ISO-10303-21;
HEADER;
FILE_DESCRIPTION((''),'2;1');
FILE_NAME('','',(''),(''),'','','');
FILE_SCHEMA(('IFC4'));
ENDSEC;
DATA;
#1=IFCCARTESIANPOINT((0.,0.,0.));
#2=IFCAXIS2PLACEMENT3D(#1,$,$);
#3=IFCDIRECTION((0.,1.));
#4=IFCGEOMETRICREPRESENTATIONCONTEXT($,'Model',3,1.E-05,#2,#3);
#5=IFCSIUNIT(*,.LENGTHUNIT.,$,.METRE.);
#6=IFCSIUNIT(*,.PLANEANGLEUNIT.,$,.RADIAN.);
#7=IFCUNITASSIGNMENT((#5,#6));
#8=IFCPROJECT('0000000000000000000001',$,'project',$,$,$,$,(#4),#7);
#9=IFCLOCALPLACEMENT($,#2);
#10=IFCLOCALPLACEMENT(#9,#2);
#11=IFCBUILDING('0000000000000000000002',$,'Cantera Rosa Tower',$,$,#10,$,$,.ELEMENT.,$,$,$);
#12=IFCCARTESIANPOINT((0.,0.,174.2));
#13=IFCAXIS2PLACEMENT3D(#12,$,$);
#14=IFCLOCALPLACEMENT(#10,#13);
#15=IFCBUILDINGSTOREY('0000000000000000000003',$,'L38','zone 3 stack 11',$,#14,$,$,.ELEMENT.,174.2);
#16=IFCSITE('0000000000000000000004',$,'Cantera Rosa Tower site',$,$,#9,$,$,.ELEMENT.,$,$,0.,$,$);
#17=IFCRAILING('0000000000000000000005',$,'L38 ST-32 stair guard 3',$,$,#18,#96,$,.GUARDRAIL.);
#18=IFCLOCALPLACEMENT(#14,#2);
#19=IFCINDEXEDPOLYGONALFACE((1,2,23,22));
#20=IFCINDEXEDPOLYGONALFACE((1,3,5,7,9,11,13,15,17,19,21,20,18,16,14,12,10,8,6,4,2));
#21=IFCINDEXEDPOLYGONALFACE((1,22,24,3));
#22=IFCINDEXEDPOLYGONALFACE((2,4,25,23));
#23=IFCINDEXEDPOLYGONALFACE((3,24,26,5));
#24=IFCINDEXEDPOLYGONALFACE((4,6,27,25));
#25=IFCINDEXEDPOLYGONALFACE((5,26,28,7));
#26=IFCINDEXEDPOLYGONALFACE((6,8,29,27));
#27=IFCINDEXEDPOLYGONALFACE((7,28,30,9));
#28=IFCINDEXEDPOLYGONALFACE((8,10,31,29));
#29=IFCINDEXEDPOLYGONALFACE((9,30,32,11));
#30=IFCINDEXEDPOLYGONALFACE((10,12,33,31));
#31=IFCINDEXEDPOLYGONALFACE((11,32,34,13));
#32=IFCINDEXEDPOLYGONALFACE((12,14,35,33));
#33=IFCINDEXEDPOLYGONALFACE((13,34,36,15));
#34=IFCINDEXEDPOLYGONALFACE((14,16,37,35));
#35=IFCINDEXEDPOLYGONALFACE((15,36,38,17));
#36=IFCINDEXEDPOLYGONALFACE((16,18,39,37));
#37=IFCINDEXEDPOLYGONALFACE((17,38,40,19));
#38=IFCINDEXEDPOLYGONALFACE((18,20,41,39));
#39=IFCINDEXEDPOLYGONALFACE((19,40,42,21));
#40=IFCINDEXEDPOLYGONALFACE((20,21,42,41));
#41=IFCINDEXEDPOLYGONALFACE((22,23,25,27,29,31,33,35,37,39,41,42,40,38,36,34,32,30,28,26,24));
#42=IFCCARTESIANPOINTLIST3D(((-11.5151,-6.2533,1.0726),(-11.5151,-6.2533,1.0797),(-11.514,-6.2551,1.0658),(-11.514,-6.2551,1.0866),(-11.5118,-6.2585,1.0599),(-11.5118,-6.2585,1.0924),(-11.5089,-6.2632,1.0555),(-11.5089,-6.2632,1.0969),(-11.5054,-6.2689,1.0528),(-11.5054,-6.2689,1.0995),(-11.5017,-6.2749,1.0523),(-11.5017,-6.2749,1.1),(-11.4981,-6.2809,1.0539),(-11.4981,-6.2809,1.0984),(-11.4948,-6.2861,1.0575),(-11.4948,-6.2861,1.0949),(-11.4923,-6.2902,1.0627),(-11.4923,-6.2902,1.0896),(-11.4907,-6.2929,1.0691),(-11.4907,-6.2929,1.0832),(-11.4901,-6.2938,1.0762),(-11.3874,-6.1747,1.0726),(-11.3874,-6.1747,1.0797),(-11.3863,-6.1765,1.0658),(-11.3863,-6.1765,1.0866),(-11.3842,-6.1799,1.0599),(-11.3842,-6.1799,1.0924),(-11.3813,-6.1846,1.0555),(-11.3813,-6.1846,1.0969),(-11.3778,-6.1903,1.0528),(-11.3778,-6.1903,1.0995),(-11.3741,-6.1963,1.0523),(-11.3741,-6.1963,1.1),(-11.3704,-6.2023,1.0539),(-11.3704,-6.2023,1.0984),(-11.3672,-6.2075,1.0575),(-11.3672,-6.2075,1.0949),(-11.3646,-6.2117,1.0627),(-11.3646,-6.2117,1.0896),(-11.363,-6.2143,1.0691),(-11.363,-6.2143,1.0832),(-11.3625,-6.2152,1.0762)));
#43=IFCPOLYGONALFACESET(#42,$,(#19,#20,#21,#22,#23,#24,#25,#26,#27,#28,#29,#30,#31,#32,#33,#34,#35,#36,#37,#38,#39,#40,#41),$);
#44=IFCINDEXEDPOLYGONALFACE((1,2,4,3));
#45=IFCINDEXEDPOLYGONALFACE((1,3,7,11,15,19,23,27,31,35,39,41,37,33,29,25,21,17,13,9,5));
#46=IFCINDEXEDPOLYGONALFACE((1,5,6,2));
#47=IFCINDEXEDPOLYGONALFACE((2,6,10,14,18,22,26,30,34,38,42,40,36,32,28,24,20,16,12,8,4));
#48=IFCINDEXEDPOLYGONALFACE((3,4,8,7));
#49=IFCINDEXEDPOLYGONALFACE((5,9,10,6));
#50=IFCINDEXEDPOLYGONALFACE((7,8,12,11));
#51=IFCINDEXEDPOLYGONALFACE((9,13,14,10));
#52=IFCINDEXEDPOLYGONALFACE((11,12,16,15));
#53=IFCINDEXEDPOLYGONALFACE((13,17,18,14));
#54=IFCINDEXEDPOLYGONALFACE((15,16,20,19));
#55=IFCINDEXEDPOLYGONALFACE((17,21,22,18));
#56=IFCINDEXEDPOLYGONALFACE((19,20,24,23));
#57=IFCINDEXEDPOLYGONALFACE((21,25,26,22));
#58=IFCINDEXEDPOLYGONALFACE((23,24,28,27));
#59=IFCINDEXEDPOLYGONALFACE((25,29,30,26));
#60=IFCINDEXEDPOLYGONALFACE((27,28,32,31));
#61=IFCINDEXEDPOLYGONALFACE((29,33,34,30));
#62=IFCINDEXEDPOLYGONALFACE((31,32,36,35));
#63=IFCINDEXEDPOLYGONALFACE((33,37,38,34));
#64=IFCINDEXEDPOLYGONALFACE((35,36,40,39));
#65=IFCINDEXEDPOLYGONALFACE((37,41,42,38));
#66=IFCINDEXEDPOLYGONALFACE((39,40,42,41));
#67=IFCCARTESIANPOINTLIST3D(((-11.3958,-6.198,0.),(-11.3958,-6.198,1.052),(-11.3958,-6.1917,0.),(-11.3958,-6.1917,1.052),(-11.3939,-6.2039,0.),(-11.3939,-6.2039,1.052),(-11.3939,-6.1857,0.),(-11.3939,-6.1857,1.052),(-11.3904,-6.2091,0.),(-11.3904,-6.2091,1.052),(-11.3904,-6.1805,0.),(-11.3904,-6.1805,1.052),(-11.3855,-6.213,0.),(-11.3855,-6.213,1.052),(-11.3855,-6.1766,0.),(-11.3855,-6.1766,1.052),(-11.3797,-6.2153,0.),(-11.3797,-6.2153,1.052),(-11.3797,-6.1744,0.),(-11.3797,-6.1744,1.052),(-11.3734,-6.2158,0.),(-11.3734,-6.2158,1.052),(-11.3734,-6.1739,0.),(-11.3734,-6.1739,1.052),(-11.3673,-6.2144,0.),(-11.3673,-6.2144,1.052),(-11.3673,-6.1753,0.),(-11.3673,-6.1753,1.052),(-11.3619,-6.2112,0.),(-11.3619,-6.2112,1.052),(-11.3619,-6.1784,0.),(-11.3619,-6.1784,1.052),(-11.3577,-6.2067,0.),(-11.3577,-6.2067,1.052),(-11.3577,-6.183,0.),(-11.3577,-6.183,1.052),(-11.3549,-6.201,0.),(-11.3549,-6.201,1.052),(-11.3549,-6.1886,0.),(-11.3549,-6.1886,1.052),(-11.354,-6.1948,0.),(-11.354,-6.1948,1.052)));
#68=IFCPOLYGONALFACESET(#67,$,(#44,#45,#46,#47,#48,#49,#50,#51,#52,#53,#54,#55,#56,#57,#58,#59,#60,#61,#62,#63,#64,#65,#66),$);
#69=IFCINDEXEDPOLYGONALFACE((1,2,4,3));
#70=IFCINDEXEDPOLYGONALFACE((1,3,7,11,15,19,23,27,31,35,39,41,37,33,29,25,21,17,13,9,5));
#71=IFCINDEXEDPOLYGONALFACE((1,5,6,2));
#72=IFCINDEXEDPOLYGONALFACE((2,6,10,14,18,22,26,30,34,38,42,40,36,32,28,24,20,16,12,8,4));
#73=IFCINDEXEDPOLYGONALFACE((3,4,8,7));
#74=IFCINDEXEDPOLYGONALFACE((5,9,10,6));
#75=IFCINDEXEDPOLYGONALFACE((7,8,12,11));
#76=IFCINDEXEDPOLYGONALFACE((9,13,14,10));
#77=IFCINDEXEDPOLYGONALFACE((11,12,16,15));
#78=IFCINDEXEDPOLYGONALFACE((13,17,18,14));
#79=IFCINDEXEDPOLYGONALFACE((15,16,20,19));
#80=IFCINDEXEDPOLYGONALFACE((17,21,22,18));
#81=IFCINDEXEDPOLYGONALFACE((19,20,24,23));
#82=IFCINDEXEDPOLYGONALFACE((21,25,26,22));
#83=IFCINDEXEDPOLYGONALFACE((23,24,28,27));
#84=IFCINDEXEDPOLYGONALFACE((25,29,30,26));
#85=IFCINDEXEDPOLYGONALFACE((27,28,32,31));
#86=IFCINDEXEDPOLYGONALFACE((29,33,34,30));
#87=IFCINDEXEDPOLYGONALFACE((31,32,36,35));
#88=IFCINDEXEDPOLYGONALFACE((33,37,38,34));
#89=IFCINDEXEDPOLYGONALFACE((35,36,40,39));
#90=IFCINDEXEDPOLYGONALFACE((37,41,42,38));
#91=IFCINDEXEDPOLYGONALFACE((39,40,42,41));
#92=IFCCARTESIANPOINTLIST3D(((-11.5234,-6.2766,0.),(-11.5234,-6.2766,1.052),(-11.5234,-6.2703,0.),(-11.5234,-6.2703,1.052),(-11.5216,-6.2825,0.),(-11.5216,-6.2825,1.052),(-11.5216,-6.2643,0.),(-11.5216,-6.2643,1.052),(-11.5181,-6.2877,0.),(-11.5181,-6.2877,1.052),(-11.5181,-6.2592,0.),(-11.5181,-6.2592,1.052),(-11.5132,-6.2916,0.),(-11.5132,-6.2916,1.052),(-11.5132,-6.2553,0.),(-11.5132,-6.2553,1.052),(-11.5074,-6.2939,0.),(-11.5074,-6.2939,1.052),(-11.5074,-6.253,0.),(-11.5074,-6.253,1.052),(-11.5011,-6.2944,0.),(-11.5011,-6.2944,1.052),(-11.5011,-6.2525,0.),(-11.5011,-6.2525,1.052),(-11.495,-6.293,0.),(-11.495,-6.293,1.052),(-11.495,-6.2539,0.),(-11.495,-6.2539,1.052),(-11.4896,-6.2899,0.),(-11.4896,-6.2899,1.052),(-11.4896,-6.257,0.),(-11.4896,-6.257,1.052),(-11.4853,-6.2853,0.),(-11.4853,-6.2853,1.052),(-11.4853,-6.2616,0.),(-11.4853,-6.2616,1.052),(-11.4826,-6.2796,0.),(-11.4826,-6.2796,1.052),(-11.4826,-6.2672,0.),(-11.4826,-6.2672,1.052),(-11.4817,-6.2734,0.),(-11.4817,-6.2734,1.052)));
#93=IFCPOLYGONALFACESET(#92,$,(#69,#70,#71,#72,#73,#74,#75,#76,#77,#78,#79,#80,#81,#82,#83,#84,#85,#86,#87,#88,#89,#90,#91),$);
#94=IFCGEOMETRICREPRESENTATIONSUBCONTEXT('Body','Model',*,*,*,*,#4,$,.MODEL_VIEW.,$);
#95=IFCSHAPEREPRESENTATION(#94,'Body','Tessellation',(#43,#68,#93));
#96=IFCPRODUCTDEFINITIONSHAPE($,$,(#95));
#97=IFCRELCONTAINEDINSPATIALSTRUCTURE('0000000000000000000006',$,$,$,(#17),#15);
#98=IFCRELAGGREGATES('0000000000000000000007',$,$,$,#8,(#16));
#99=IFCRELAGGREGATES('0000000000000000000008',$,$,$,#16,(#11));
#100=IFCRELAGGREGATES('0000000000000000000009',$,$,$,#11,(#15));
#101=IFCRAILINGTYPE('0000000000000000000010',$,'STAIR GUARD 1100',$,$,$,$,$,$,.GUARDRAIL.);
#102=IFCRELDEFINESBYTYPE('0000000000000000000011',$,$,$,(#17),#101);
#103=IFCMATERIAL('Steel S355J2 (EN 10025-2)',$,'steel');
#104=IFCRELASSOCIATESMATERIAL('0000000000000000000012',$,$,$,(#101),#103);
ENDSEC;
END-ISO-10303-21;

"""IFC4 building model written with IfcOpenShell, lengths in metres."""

from ifc_helpers import new_model, si_unit, direction, frame, origin, origin_2d, place, context, subcontext, project, spatial, circle, extrude, material, type_object, element, save


model = new_model("IFC4")

# Units and contexts
model_context = context("Model", 3, precision=1e-05, world=origin(), true_north=direction((0.0, 1.0)))
body_context = subcontext(model_context, "Body", "Model", "MODEL_VIEW")
ifc_project = project(units=[si_unit("LENGTHUNIT", "METRE"), si_unit("PLANEANGLEUNIT", "RADIAN")], contexts=[model_context])

# Site, building, storey
site_placement = place(None, origin())
site = spatial("IfcSite", under=ifc_project, at=site_placement, Name="Cantera Rosa Tower site", CompositionType="ELEMENT", RefElevation=0.0)
building_placement = place(site_placement, origin())
building = spatial("IfcBuilding", under=site, at=building_placement, Name="Cantera Rosa Tower", CompositionType="ELEMENT")
storey_placement = place(building_placement, frame((0.0, 0.0, 174.2)))
storey = spatial("IfcBuildingStorey", under=building, at=storey_placement, Name="L38", Description="zone 3 stack 11", CompositionType="ELEMENT", Elevation=174.2)

# Railing
ifc_material_1 = material(Name="Steel S355J2 (EN 10025-2)", Category="steel")
railing_type_1 = type_object("IfcRailingType", Name="STAIR GUARD 1100", PredefinedType="GUARDRAIL", material=ifc_material_1)
railing_1_placement = place(storey_placement, frame((-11.375, -6.1948, 0.0)))
element("IfcRailing", 1, at=railing_1_placement, inside=storey, type_object=railing_type_1, Name="L38 ST-32 stair guard 3", PredefinedType="GUARDRAIL", context=body_context, shape_type="SweptSolid", body=[
    extrude(circle(Radius=0.0239, at=origin_2d()), frame((0.0, 0.0, 1.0762), z_axis=(-0.851546, -0.524279, 0.0), x_axis=(0.524279, -0.851546, 0.0)), (0.0, 0.0, 1.0), 0.1499),
    extrude(circle(Radius=0.021, at=origin_2d()), origin(), (0.0, 0.0, 1.0), 1.052),
    extrude(circle(Radius=0.021, at=origin_2d()), frame((-0.1277, -0.0786, 0.0)), (0.0, 0.0, 1.0), 1.052),
])

save(model, "model.ifc")
